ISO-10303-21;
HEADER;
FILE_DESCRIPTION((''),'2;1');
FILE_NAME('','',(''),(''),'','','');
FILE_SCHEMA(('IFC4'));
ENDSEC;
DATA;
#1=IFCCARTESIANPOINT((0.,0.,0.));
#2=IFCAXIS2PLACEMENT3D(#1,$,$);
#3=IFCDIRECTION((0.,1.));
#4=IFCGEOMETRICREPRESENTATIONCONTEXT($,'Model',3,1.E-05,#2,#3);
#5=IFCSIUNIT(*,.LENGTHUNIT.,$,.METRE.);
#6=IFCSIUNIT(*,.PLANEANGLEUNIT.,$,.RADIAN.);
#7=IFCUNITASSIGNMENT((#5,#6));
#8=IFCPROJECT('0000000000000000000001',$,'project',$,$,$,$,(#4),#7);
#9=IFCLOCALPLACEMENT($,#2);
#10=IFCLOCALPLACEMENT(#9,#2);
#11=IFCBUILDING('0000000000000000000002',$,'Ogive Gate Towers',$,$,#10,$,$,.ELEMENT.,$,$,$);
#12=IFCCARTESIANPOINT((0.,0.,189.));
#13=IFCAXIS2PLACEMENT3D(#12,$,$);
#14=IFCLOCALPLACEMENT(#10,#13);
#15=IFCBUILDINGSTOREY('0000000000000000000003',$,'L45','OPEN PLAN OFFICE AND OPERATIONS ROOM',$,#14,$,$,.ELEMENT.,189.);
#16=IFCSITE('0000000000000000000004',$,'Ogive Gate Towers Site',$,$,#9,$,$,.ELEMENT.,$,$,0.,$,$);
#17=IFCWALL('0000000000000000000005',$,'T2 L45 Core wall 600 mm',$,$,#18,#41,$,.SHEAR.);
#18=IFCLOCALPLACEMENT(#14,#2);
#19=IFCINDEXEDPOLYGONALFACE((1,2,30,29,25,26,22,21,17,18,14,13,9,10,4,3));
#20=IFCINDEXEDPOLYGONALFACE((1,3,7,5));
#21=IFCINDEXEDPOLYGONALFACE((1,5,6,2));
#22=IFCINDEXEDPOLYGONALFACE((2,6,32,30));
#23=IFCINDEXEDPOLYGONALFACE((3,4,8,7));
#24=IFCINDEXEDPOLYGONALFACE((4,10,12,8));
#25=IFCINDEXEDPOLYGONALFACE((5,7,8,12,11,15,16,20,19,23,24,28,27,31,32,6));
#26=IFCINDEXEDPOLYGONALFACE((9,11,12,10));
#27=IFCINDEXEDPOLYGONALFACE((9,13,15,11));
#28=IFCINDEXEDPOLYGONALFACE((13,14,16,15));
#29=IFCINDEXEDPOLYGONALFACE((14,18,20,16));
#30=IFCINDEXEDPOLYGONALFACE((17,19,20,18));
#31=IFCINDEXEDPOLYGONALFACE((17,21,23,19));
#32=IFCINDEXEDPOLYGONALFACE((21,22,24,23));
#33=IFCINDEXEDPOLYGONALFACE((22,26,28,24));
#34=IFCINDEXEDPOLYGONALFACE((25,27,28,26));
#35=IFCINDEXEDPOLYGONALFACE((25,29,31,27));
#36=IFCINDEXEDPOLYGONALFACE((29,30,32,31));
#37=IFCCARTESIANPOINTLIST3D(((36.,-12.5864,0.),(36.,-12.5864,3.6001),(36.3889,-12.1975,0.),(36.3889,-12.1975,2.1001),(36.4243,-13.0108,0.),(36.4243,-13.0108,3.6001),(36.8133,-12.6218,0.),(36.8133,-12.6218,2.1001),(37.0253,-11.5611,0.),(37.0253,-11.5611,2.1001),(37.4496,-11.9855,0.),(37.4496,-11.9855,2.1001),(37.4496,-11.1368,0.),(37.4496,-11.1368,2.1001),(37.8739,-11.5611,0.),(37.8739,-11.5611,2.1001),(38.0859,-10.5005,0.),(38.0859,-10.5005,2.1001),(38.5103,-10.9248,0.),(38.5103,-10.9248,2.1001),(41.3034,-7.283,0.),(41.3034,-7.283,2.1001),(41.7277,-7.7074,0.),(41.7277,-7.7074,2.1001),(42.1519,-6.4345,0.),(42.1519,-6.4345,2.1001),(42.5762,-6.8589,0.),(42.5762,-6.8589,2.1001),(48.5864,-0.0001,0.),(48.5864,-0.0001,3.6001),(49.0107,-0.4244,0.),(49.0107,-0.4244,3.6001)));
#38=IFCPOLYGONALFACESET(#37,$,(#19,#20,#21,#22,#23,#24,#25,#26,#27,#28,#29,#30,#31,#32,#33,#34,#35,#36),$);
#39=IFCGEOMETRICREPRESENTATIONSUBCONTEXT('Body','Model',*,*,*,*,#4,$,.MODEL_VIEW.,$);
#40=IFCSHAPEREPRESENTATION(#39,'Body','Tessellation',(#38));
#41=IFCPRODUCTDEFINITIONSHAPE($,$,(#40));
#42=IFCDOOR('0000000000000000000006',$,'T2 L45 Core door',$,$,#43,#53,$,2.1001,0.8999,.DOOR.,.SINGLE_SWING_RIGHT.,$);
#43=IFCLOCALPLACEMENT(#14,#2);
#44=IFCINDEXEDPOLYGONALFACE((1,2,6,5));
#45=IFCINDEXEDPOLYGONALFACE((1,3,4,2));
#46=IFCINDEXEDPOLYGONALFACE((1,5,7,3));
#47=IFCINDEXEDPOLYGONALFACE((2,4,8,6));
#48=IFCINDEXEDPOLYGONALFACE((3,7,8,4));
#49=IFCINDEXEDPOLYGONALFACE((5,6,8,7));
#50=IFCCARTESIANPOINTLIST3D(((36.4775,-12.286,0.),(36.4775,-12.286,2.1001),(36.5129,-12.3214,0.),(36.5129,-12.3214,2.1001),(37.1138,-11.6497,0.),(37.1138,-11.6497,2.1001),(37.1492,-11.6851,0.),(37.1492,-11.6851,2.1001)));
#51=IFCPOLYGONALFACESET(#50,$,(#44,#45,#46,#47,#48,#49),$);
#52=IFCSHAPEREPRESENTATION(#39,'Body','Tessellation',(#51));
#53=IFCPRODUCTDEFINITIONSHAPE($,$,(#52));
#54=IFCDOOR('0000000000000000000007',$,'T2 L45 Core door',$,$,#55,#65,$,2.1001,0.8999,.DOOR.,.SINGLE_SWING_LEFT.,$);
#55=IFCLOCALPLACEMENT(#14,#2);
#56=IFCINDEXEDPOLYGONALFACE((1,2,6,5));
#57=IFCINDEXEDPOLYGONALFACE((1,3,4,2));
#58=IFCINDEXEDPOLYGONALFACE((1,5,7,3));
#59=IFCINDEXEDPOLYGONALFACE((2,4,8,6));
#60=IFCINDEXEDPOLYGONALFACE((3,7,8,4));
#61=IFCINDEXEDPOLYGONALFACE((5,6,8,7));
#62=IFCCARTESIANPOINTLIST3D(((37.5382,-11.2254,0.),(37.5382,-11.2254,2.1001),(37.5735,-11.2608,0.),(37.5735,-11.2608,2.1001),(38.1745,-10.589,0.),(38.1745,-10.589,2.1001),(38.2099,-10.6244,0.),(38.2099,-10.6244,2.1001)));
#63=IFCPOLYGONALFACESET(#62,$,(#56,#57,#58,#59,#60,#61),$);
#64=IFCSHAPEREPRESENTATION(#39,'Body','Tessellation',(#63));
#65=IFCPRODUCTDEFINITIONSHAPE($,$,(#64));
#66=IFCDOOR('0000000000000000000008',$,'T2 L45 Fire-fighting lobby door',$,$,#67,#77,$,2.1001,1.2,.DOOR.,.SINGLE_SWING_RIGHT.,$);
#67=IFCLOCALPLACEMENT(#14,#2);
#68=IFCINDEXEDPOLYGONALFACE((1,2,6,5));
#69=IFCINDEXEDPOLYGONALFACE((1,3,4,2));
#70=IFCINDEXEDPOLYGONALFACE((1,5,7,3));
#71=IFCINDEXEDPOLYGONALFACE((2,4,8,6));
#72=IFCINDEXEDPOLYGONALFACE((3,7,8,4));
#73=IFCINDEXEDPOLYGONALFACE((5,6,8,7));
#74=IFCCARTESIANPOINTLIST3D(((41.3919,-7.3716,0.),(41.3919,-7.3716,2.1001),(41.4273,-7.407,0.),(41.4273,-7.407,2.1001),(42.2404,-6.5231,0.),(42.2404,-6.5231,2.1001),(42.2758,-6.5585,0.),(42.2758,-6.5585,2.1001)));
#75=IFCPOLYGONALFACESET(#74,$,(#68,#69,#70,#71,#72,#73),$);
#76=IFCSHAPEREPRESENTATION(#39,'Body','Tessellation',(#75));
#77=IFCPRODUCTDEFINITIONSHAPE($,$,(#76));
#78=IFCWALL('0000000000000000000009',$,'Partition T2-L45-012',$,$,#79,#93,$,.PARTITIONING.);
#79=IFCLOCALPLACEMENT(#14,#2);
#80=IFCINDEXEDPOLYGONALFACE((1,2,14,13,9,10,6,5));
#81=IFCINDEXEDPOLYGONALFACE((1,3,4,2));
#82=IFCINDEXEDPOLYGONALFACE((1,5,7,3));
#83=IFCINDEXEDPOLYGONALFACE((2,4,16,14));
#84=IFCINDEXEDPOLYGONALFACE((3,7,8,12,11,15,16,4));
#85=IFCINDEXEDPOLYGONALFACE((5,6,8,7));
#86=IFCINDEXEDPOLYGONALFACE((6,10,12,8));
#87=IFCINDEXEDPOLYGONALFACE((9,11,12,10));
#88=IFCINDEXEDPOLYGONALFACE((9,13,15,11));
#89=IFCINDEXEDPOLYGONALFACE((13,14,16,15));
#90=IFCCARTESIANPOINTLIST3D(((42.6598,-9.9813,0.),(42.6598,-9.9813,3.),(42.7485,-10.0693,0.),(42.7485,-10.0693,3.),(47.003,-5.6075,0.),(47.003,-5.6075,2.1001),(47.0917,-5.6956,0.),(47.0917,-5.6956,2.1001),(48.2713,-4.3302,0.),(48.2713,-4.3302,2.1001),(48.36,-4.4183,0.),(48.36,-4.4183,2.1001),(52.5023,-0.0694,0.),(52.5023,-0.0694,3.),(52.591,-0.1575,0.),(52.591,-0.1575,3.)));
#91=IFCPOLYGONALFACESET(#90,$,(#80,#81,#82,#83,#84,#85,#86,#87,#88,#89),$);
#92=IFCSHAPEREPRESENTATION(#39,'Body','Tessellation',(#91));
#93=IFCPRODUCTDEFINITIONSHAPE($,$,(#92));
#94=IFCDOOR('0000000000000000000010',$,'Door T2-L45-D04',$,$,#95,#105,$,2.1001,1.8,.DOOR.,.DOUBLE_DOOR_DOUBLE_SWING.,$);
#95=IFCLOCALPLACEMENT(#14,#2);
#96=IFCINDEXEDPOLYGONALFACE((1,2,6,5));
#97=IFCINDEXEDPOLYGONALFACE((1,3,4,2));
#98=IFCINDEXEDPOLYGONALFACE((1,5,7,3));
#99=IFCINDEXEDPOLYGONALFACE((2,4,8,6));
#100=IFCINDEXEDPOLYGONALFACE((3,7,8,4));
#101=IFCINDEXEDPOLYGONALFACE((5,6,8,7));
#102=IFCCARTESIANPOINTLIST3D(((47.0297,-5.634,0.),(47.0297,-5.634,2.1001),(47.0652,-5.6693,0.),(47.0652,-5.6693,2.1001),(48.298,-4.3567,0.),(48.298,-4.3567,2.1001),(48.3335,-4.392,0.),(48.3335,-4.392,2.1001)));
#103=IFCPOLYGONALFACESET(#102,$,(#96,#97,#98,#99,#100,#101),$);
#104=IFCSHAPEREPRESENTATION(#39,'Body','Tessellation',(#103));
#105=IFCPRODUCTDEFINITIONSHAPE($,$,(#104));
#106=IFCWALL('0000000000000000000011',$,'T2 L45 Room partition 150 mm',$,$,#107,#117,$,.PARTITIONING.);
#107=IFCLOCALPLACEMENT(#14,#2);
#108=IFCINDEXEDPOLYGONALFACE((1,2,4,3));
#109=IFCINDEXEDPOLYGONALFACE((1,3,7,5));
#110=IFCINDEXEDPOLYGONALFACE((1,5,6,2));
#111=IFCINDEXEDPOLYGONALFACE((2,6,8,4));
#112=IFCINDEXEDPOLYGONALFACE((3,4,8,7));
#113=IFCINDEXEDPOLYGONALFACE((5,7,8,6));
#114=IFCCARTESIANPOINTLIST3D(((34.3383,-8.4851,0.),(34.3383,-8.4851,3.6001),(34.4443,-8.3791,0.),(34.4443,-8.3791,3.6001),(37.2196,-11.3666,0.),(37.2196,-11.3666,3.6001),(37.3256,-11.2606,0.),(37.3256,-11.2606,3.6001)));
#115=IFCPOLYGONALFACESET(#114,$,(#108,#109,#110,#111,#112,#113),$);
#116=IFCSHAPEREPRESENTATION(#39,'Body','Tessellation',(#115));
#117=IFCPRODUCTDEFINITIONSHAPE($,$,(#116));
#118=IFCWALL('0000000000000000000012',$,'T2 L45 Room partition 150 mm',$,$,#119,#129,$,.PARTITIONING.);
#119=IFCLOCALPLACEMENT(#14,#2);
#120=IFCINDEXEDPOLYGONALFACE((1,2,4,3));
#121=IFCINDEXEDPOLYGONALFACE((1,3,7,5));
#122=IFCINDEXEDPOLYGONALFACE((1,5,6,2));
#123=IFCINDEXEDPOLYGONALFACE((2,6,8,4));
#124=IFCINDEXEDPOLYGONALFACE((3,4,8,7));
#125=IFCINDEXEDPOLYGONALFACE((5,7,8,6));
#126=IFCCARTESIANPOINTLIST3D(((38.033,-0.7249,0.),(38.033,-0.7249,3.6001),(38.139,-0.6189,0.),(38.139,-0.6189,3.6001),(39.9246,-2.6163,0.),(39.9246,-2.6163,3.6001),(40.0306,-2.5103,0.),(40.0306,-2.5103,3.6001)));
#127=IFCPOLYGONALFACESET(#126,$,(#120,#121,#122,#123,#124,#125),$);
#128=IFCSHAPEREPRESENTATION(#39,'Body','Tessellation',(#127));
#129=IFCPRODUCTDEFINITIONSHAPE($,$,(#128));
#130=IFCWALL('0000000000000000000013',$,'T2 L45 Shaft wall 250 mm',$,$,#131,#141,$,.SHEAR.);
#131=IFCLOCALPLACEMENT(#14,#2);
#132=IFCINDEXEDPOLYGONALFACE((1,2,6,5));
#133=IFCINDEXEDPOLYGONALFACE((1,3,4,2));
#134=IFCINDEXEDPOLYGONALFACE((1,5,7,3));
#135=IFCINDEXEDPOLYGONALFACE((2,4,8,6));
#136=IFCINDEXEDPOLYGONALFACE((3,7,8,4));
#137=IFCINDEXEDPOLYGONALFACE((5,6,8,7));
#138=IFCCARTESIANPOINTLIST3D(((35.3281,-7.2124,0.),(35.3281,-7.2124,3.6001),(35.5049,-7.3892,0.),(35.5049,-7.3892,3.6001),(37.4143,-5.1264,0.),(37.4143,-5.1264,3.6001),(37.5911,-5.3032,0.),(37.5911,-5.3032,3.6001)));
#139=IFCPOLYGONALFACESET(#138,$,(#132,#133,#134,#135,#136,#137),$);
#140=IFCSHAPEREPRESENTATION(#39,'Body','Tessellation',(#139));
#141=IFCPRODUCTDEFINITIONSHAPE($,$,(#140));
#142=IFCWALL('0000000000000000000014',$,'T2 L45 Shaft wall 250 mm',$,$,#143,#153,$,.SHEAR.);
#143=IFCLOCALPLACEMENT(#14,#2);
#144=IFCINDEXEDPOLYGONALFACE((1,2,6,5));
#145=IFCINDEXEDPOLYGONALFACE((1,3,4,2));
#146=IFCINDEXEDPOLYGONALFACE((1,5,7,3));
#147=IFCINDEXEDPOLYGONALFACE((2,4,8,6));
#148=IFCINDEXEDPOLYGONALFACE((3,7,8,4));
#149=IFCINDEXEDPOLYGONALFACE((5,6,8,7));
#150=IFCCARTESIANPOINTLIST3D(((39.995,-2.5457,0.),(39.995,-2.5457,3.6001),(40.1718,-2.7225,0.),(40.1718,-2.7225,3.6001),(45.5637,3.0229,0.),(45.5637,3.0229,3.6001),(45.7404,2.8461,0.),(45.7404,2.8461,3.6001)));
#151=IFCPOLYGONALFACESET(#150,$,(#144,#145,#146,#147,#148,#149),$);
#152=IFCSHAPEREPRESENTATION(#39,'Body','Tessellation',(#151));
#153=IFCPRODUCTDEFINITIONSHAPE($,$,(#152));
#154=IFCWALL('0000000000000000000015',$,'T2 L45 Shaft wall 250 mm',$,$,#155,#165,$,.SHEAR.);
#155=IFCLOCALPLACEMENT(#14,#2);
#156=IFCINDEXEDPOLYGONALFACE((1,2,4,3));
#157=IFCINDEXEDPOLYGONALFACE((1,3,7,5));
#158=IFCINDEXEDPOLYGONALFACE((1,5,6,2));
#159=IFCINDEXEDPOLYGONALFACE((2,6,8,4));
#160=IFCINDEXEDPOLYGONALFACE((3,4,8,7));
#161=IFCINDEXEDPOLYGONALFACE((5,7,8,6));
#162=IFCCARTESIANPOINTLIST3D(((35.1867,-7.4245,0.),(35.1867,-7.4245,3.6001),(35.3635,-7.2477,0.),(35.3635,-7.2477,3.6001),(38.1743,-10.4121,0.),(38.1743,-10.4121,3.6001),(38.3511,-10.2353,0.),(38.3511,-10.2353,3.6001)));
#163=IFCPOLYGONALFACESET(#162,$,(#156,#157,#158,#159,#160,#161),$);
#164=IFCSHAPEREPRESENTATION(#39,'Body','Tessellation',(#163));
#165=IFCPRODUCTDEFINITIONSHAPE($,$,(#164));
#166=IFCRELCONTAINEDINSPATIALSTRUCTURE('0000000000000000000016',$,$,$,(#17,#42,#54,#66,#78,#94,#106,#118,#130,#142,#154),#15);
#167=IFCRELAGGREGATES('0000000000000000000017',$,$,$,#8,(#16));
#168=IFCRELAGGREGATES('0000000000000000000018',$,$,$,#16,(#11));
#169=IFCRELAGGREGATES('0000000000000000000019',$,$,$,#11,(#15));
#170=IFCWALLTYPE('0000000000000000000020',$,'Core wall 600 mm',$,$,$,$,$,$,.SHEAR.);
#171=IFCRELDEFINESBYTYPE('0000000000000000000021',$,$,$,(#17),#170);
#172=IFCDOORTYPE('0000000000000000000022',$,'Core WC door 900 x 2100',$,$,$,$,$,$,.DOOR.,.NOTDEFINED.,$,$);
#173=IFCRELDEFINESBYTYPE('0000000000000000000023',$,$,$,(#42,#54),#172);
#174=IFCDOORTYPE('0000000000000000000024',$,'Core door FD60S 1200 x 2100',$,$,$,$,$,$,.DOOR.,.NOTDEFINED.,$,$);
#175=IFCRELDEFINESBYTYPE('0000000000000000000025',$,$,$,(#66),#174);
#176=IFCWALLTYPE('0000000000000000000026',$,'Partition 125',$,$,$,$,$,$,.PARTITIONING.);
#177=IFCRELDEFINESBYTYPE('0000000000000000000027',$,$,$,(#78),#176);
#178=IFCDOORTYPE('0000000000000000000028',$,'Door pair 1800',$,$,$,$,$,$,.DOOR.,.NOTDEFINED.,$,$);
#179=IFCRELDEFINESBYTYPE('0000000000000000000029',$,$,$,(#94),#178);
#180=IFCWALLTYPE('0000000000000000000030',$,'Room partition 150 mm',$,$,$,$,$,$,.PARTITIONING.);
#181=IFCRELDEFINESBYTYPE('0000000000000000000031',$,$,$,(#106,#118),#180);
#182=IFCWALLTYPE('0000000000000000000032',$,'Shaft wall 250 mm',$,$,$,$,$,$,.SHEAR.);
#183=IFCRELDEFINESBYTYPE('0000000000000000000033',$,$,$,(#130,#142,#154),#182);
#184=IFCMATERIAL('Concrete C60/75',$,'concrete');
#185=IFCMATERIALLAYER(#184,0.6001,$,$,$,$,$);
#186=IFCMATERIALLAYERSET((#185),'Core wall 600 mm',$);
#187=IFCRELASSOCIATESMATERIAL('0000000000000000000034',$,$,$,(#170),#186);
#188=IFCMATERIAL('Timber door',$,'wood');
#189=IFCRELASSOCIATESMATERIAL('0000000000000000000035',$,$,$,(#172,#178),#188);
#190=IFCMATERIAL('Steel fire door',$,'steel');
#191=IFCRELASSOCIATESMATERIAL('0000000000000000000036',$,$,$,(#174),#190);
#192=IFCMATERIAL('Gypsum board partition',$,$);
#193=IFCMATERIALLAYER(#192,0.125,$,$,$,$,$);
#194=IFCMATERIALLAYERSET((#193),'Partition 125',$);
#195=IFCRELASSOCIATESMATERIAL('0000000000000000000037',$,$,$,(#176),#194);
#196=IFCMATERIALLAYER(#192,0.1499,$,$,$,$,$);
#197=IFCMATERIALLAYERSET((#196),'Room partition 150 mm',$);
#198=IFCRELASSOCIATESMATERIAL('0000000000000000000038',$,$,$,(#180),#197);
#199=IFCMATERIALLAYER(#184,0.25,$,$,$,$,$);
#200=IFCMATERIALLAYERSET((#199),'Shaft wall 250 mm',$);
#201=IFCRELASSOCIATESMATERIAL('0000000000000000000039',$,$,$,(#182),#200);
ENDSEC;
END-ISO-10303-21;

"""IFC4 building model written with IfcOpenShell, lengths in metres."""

from ifc_helpers import new_model, si_unit, direction, frame, frame_2d, origin, place, context, subcontext, project, spatial, rectangle, extrude, material, layer, layer_set, type_object, element, fill, save


model = new_model("IFC4")

# Units and contexts
model_context = context("Model", 3, precision=1e-05, world=origin(), true_north=direction((0.0, 1.0)))
body_context = subcontext(model_context, "Body", "Model", "MODEL_VIEW")
ifc_project = project(units=[si_unit("LENGTHUNIT", "METRE"), si_unit("PLANEANGLEUNIT", "RADIAN")], contexts=[model_context])

# Site, building, storey
site_placement = place(None, origin())
site = spatial("IfcSite", under=ifc_project, at=site_placement, Name="Ogive Gate Towers Site", CompositionType="ELEMENT", RefElevation=0.0)
building_placement = place(site_placement, origin())
building = spatial("IfcBuilding", under=site, at=building_placement, Name="Ogive Gate Towers", CompositionType="ELEMENT")
storey_placement = place(building_placement, frame((0.0, 0.0, 189.0)))
storey = spatial("IfcBuildingStorey", under=building, at=storey_placement, Name="L45", Description="OPEN PLAN OFFICE AND OPERATIONS ROOM", CompositionType="ELEMENT", Elevation=189.0)

# Wall, openings, doors
ifc_material_1 = material(Name="Concrete C60/75", Category="concrete")
ifc_layer_1 = layer(ifc_material_1, 0.6001)
ifc_layer_set_1 = layer_set([ifc_layer_1], Name="Core wall 600 mm")
wall_type_1 = type_object("IfcWallType", Name="Core wall 600 mm", PredefinedType="SHEAR", material=ifc_layer_set_1)
wall_1_placement = place(storey_placement, frame((36.2122, -12.7986, 0.0), z_axis=(0.0, 0.0, 1.0), x_axis=(0.707107, 0.707107, 0.0)))
wall_1 = element("IfcWall", 1, at=wall_1_placement, inside=storey, type_object=wall_type_1, Name="T2 L45 Core wall 600 mm", PredefinedType="SHEAR", context=body_context, shape_type="SweptSolid", body=[
    extrude(rectangle(XDim=17.7998, YDim=0.6001, at=frame_2d((8.8999, 0.0))), origin(), (0.0, 0.0, 1.0), 3.6001),
])
opening_1_placement = place(wall_1_placement, frame((7.5, 0.0, 0.0)))
opening_1 = element("IfcOpeningElement", 2, at=opening_1_placement, cuts=wall_1, PredefinedType="OPENING", context=body_context, shape_type="SweptSolid", body=[
    extrude(rectangle(XDim=1.2, YDim=2.1001, at=frame_2d((0.6001, 1.05))), frame((0.0, 0.3101, 0.0), z_axis=(0.0, -1.0, 0.0), x_axis=(1.0, 0.0, 0.0)), (0.0, 0.0, 1.0), 0.6201),
])
opening_2_placement = place(wall_1_placement, frame((0.55, 0.0, 0.0)))
opening_2 = element("IfcOpeningElement", 3, at=opening_2_placement, cuts=wall_1, PredefinedType="OPENING", context=body_context, shape_type="SweptSolid", body=[
    extrude(rectangle(XDim=0.8999, YDim=2.1001, at=frame_2d((0.45, 1.05))), frame((0.0, 0.3101, 0.0), z_axis=(0.0, -1.0, 0.0), x_axis=(1.0, 0.0, 0.0)), (0.0, 0.0, 1.0), 0.6201),
])
opening_3_placement = place(wall_1_placement, frame((2.05, 0.0, 0.0)))
opening_3 = element("IfcOpeningElement", 4, at=opening_3_placement, cuts=wall_1, PredefinedType="OPENING", context=body_context, shape_type="SweptSolid", body=[
    extrude(rectangle(XDim=0.8999, YDim=2.1001, at=frame_2d((0.45, 1.05))), frame((0.0, 0.3101, 0.0), z_axis=(0.0, -1.0, 0.0), x_axis=(1.0, 0.0, 0.0)), (0.0, 0.0, 1.0), 0.6201),
])
ifc_material_2 = material(Name="Timber door", Category="wood")
door_type_1 = type_object("IfcDoorType", Name="Core WC door 900 x 2100", OperationType="NOTDEFINED", PredefinedType="DOOR", material=ifc_material_2)
door_1_placement = place(opening_2_placement, origin())
door_1 = element("IfcDoor", 5, at=door_1_placement, inside=storey, type_object=door_type_1, Name="T2 L45 Core door", OperationType="SINGLE_SWING_RIGHT", OverallHeight=2.1001, OverallWidth=0.8999, PredefinedType="DOOR", context=body_context, shape_type="SweptSolid", body=[
    extrude(rectangle(XDim=0.8999, YDim=2.1001, at=frame_2d((0.45, 1.05))), frame((0.0, 0.1748, 0.0), z_axis=(0.0, -1.0, 0.0), x_axis=(1.0, 0.0, 0.0)), (0.0, 0.0, 1.0), 0.05),
])
fill(opening_2, door_1)
door_2_placement = place(opening_3_placement, origin())
door_2 = element("IfcDoor", 6, at=door_2_placement, inside=storey, type_object=door_type_1, Name="T2 L45 Core door", OperationType="SINGLE_SWING_LEFT", OverallHeight=2.1001, OverallWidth=0.8999, PredefinedType="DOOR", context=body_context, shape_type="SweptSolid", body=[
    extrude(rectangle(XDim=0.8999, YDim=2.1001, at=frame_2d((0.45, 1.05))), frame((0.0, 0.1748, 0.0), z_axis=(0.0, -1.0, 0.0), x_axis=(1.0, 0.0, 0.0)), (0.0, 0.0, 1.0), 0.05),
])
fill(opening_3, door_2)
ifc_material_3 = material(Name="Steel fire door", Category="steel")
door_type_2 = type_object("IfcDoorType", Name="Core door FD60S 1200 x 2100", OperationType="NOTDEFINED", PredefinedType="DOOR", material=ifc_material_3)
door_3_placement = place(opening_1_placement, origin())
door_3 = element("IfcDoor", 7, at=door_3_placement, inside=storey, type_object=door_type_2, Name="T2 L45 Fire-fighting lobby door", OperationType="SINGLE_SWING_RIGHT", OverallHeight=2.1001, OverallWidth=1.2, PredefinedType="DOOR", context=body_context, shape_type="SweptSolid", body=[
    extrude(rectangle(XDim=1.2, YDim=2.1001, at=frame_2d((0.6001, 1.05))), frame((0.0, 0.1748, 0.0), z_axis=(0.0, -1.0, 0.0), x_axis=(1.0, 0.0, 0.0)), (0.0, 0.0, 1.0), 0.05),
])
fill(opening_1, door_3)

# Wall, opening, door
ifc_material_4 = material(Name="Gypsum board partition")
ifc_layer_2 = layer(ifc_material_4, 0.125)
ifc_layer_set_2 = layer_set([ifc_layer_2], Name="Partition 125")
wall_type_2 = type_object("IfcWallType", Name="Partition 125", PredefinedType="PARTITIONING", material=ifc_layer_set_2)
wall_2_placement = place(storey_placement, frame((42.7041, -10.0254, 0.0), z_axis=(0.0, 0.0, 1.0), x_axis=(0.704621, 0.709584, 0.0)))
wall_2 = element("IfcWall", 8, at=wall_2_placement, inside=storey, type_object=wall_type_2, Name="Partition T2-L45-012", PredefinedType="PARTITIONING", context=body_context, shape_type="SweptSolid", body=[
    extrude(rectangle(XDim=13.9685, YDim=0.125, at=frame_2d((6.9844, 0.0))), origin(), (0.0, 0.0, 1.0), 3.0),
])
opening_4_placement = place(wall_2_placement, frame((6.1641, 0.0, 0.0)))
opening_4 = element("IfcOpeningElement", 9, at=opening_4_placement, cuts=wall_2, PredefinedType="OPENING", context=body_context, shape_type="SweptSolid", body=[
    extrude(rectangle(XDim=1.8, YDim=2.1001, at=frame_2d((0.8999, 1.05))), frame((0.0, 0.0725, 0.0), z_axis=(0.0, -1.0, 0.0), x_axis=(1.0, 0.0, 0.0)), (0.0, 0.0, 1.0), 0.145),
])
door_type_3 = type_object("IfcDoorType", Name="Door pair 1800", OperationType="NOTDEFINED", PredefinedType="DOOR", material=ifc_material_2)
door_4_placement = place(opening_4_placement, origin())
door_4 = element("IfcDoor", 10, at=door_4_placement, inside=storey, type_object=door_type_3, Name="Door T2-L45-D04", OperationType="DOUBLE_DOOR_DOUBLE_SWING", OverallHeight=2.1001, OverallWidth=1.8, PredefinedType="DOOR", context=body_context, shape_type="SweptSolid", body=[
    extrude(rectangle(XDim=1.8, YDim=2.1001, at=frame_2d((0.8999, 1.05))), frame((0.0, 0.0249, 0.0), z_axis=(0.0, -1.0, 0.0), x_axis=(1.0, 0.0, 0.0)), (0.0, 0.0, 1.0), 0.05),
])
fill(opening_4, door_4)

# Walls
ifc_layer_3 = layer(ifc_material_4, 0.1499)
ifc_layer_set_3 = layer_set([ifc_layer_3], Name="Room partition 150 mm")
wall_type_3 = type_object("IfcWallType", Name="Room partition 150 mm", PredefinedType="PARTITIONING", material=ifc_layer_set_3)
wall_3_placement = place(storey_placement, frame((37.2727, -11.3137, 0.0), z_axis=(0.0, 0.0, 1.0), x_axis=(-0.707077, 0.707137, 0.0)))
element("IfcWall", 11, at=wall_3_placement, inside=storey, type_object=wall_type_3, Name="T2 L45 Room partition 150 mm", PredefinedType="PARTITIONING", context=body_context, shape_type="SweptSolid", body=[
    extrude(rectangle(XDim=4.075, YDim=0.1499, at=frame_2d((2.0376, 0.0))), origin(), (0.0, 0.0, 1.0), 3.6001),
])
wall_4_placement = place(storey_placement, frame((39.9775, -2.5632, 0.0), z_axis=(0.0, 0.0, 1.0), x_axis=(-0.707152, 0.707061, 0.0)))
element("IfcWall", 12, at=wall_4_placement, inside=storey, type_object=wall_type_3, Name="T2 L45 Room partition 150 mm", PredefinedType="PARTITIONING", context=body_context, shape_type="SweptSolid", body=[
    extrude(rectangle(XDim=2.675, YDim=0.1499, at=frame_2d((1.3374, 0.0))), origin(), (0.0, 0.0, 1.0), 3.6001),
])
ifc_layer_4 = layer(ifc_material_1, 0.25)
ifc_layer_set_4 = layer_set([ifc_layer_4], Name="Shaft wall 250 mm")
wall_type_4 = type_object("IfcWallType", Name="Shaft wall 250 mm", PredefinedType="SHEAR", material=ifc_layer_set_4)
wall_5_placement = place(storey_placement, frame((35.4165, -7.3008, 0.0), z_axis=(0.0, 0.0, 1.0), x_axis=(0.707148, 0.707065, 0.0)))
element("IfcWall", 13, at=wall_5_placement, inside=storey, type_object=wall_type_4, Name="T2 L45 Shaft wall 250 mm", PredefinedType="SHEAR", context=body_context, shape_type="SweptSolid", body=[
    extrude(rectangle(XDim=2.9502, YDim=0.25, at=frame_2d((1.4751, 0.0))), origin(), (0.0, 0.0, 1.0), 3.6001),
])
wall_6_placement = place(storey_placement, frame((40.0835, -2.634, 0.0), z_axis=(0.0, 0.0, 1.0), x_axis=(0.707107, 0.707107, 0.0)))
element("IfcWall", 14, at=wall_6_placement, inside=storey, type_object=wall_type_4, Name="T2 L45 Shaft wall 250 mm", PredefinedType="SHEAR", context=body_context, shape_type="SweptSolid", body=[
    extrude(rectangle(XDim=7.8752, YDim=0.25, at=frame_2d((3.9375, 0.0))), origin(), (0.0, 0.0, 1.0), 3.6001),
])
wall_7_placement = place(storey_placement, frame((38.2627, -10.3237, 0.0), z_axis=(0.0, 0.0, 1.0), x_axis=(-0.707107, 0.707107, 0.0)))
element("IfcWall", 15, at=wall_7_placement, inside=storey, type_object=wall_type_4, Name="T2 L45 Shaft wall 250 mm", PredefinedType="SHEAR", context=body_context, shape_type="SweptSolid", body=[
    extrude(rectangle(XDim=4.2251, YDim=0.25, at=frame_2d((2.1125, 0.0))), origin(), (0.0, 0.0, 1.0), 3.6001),
])

save(model, "model.ifc")
